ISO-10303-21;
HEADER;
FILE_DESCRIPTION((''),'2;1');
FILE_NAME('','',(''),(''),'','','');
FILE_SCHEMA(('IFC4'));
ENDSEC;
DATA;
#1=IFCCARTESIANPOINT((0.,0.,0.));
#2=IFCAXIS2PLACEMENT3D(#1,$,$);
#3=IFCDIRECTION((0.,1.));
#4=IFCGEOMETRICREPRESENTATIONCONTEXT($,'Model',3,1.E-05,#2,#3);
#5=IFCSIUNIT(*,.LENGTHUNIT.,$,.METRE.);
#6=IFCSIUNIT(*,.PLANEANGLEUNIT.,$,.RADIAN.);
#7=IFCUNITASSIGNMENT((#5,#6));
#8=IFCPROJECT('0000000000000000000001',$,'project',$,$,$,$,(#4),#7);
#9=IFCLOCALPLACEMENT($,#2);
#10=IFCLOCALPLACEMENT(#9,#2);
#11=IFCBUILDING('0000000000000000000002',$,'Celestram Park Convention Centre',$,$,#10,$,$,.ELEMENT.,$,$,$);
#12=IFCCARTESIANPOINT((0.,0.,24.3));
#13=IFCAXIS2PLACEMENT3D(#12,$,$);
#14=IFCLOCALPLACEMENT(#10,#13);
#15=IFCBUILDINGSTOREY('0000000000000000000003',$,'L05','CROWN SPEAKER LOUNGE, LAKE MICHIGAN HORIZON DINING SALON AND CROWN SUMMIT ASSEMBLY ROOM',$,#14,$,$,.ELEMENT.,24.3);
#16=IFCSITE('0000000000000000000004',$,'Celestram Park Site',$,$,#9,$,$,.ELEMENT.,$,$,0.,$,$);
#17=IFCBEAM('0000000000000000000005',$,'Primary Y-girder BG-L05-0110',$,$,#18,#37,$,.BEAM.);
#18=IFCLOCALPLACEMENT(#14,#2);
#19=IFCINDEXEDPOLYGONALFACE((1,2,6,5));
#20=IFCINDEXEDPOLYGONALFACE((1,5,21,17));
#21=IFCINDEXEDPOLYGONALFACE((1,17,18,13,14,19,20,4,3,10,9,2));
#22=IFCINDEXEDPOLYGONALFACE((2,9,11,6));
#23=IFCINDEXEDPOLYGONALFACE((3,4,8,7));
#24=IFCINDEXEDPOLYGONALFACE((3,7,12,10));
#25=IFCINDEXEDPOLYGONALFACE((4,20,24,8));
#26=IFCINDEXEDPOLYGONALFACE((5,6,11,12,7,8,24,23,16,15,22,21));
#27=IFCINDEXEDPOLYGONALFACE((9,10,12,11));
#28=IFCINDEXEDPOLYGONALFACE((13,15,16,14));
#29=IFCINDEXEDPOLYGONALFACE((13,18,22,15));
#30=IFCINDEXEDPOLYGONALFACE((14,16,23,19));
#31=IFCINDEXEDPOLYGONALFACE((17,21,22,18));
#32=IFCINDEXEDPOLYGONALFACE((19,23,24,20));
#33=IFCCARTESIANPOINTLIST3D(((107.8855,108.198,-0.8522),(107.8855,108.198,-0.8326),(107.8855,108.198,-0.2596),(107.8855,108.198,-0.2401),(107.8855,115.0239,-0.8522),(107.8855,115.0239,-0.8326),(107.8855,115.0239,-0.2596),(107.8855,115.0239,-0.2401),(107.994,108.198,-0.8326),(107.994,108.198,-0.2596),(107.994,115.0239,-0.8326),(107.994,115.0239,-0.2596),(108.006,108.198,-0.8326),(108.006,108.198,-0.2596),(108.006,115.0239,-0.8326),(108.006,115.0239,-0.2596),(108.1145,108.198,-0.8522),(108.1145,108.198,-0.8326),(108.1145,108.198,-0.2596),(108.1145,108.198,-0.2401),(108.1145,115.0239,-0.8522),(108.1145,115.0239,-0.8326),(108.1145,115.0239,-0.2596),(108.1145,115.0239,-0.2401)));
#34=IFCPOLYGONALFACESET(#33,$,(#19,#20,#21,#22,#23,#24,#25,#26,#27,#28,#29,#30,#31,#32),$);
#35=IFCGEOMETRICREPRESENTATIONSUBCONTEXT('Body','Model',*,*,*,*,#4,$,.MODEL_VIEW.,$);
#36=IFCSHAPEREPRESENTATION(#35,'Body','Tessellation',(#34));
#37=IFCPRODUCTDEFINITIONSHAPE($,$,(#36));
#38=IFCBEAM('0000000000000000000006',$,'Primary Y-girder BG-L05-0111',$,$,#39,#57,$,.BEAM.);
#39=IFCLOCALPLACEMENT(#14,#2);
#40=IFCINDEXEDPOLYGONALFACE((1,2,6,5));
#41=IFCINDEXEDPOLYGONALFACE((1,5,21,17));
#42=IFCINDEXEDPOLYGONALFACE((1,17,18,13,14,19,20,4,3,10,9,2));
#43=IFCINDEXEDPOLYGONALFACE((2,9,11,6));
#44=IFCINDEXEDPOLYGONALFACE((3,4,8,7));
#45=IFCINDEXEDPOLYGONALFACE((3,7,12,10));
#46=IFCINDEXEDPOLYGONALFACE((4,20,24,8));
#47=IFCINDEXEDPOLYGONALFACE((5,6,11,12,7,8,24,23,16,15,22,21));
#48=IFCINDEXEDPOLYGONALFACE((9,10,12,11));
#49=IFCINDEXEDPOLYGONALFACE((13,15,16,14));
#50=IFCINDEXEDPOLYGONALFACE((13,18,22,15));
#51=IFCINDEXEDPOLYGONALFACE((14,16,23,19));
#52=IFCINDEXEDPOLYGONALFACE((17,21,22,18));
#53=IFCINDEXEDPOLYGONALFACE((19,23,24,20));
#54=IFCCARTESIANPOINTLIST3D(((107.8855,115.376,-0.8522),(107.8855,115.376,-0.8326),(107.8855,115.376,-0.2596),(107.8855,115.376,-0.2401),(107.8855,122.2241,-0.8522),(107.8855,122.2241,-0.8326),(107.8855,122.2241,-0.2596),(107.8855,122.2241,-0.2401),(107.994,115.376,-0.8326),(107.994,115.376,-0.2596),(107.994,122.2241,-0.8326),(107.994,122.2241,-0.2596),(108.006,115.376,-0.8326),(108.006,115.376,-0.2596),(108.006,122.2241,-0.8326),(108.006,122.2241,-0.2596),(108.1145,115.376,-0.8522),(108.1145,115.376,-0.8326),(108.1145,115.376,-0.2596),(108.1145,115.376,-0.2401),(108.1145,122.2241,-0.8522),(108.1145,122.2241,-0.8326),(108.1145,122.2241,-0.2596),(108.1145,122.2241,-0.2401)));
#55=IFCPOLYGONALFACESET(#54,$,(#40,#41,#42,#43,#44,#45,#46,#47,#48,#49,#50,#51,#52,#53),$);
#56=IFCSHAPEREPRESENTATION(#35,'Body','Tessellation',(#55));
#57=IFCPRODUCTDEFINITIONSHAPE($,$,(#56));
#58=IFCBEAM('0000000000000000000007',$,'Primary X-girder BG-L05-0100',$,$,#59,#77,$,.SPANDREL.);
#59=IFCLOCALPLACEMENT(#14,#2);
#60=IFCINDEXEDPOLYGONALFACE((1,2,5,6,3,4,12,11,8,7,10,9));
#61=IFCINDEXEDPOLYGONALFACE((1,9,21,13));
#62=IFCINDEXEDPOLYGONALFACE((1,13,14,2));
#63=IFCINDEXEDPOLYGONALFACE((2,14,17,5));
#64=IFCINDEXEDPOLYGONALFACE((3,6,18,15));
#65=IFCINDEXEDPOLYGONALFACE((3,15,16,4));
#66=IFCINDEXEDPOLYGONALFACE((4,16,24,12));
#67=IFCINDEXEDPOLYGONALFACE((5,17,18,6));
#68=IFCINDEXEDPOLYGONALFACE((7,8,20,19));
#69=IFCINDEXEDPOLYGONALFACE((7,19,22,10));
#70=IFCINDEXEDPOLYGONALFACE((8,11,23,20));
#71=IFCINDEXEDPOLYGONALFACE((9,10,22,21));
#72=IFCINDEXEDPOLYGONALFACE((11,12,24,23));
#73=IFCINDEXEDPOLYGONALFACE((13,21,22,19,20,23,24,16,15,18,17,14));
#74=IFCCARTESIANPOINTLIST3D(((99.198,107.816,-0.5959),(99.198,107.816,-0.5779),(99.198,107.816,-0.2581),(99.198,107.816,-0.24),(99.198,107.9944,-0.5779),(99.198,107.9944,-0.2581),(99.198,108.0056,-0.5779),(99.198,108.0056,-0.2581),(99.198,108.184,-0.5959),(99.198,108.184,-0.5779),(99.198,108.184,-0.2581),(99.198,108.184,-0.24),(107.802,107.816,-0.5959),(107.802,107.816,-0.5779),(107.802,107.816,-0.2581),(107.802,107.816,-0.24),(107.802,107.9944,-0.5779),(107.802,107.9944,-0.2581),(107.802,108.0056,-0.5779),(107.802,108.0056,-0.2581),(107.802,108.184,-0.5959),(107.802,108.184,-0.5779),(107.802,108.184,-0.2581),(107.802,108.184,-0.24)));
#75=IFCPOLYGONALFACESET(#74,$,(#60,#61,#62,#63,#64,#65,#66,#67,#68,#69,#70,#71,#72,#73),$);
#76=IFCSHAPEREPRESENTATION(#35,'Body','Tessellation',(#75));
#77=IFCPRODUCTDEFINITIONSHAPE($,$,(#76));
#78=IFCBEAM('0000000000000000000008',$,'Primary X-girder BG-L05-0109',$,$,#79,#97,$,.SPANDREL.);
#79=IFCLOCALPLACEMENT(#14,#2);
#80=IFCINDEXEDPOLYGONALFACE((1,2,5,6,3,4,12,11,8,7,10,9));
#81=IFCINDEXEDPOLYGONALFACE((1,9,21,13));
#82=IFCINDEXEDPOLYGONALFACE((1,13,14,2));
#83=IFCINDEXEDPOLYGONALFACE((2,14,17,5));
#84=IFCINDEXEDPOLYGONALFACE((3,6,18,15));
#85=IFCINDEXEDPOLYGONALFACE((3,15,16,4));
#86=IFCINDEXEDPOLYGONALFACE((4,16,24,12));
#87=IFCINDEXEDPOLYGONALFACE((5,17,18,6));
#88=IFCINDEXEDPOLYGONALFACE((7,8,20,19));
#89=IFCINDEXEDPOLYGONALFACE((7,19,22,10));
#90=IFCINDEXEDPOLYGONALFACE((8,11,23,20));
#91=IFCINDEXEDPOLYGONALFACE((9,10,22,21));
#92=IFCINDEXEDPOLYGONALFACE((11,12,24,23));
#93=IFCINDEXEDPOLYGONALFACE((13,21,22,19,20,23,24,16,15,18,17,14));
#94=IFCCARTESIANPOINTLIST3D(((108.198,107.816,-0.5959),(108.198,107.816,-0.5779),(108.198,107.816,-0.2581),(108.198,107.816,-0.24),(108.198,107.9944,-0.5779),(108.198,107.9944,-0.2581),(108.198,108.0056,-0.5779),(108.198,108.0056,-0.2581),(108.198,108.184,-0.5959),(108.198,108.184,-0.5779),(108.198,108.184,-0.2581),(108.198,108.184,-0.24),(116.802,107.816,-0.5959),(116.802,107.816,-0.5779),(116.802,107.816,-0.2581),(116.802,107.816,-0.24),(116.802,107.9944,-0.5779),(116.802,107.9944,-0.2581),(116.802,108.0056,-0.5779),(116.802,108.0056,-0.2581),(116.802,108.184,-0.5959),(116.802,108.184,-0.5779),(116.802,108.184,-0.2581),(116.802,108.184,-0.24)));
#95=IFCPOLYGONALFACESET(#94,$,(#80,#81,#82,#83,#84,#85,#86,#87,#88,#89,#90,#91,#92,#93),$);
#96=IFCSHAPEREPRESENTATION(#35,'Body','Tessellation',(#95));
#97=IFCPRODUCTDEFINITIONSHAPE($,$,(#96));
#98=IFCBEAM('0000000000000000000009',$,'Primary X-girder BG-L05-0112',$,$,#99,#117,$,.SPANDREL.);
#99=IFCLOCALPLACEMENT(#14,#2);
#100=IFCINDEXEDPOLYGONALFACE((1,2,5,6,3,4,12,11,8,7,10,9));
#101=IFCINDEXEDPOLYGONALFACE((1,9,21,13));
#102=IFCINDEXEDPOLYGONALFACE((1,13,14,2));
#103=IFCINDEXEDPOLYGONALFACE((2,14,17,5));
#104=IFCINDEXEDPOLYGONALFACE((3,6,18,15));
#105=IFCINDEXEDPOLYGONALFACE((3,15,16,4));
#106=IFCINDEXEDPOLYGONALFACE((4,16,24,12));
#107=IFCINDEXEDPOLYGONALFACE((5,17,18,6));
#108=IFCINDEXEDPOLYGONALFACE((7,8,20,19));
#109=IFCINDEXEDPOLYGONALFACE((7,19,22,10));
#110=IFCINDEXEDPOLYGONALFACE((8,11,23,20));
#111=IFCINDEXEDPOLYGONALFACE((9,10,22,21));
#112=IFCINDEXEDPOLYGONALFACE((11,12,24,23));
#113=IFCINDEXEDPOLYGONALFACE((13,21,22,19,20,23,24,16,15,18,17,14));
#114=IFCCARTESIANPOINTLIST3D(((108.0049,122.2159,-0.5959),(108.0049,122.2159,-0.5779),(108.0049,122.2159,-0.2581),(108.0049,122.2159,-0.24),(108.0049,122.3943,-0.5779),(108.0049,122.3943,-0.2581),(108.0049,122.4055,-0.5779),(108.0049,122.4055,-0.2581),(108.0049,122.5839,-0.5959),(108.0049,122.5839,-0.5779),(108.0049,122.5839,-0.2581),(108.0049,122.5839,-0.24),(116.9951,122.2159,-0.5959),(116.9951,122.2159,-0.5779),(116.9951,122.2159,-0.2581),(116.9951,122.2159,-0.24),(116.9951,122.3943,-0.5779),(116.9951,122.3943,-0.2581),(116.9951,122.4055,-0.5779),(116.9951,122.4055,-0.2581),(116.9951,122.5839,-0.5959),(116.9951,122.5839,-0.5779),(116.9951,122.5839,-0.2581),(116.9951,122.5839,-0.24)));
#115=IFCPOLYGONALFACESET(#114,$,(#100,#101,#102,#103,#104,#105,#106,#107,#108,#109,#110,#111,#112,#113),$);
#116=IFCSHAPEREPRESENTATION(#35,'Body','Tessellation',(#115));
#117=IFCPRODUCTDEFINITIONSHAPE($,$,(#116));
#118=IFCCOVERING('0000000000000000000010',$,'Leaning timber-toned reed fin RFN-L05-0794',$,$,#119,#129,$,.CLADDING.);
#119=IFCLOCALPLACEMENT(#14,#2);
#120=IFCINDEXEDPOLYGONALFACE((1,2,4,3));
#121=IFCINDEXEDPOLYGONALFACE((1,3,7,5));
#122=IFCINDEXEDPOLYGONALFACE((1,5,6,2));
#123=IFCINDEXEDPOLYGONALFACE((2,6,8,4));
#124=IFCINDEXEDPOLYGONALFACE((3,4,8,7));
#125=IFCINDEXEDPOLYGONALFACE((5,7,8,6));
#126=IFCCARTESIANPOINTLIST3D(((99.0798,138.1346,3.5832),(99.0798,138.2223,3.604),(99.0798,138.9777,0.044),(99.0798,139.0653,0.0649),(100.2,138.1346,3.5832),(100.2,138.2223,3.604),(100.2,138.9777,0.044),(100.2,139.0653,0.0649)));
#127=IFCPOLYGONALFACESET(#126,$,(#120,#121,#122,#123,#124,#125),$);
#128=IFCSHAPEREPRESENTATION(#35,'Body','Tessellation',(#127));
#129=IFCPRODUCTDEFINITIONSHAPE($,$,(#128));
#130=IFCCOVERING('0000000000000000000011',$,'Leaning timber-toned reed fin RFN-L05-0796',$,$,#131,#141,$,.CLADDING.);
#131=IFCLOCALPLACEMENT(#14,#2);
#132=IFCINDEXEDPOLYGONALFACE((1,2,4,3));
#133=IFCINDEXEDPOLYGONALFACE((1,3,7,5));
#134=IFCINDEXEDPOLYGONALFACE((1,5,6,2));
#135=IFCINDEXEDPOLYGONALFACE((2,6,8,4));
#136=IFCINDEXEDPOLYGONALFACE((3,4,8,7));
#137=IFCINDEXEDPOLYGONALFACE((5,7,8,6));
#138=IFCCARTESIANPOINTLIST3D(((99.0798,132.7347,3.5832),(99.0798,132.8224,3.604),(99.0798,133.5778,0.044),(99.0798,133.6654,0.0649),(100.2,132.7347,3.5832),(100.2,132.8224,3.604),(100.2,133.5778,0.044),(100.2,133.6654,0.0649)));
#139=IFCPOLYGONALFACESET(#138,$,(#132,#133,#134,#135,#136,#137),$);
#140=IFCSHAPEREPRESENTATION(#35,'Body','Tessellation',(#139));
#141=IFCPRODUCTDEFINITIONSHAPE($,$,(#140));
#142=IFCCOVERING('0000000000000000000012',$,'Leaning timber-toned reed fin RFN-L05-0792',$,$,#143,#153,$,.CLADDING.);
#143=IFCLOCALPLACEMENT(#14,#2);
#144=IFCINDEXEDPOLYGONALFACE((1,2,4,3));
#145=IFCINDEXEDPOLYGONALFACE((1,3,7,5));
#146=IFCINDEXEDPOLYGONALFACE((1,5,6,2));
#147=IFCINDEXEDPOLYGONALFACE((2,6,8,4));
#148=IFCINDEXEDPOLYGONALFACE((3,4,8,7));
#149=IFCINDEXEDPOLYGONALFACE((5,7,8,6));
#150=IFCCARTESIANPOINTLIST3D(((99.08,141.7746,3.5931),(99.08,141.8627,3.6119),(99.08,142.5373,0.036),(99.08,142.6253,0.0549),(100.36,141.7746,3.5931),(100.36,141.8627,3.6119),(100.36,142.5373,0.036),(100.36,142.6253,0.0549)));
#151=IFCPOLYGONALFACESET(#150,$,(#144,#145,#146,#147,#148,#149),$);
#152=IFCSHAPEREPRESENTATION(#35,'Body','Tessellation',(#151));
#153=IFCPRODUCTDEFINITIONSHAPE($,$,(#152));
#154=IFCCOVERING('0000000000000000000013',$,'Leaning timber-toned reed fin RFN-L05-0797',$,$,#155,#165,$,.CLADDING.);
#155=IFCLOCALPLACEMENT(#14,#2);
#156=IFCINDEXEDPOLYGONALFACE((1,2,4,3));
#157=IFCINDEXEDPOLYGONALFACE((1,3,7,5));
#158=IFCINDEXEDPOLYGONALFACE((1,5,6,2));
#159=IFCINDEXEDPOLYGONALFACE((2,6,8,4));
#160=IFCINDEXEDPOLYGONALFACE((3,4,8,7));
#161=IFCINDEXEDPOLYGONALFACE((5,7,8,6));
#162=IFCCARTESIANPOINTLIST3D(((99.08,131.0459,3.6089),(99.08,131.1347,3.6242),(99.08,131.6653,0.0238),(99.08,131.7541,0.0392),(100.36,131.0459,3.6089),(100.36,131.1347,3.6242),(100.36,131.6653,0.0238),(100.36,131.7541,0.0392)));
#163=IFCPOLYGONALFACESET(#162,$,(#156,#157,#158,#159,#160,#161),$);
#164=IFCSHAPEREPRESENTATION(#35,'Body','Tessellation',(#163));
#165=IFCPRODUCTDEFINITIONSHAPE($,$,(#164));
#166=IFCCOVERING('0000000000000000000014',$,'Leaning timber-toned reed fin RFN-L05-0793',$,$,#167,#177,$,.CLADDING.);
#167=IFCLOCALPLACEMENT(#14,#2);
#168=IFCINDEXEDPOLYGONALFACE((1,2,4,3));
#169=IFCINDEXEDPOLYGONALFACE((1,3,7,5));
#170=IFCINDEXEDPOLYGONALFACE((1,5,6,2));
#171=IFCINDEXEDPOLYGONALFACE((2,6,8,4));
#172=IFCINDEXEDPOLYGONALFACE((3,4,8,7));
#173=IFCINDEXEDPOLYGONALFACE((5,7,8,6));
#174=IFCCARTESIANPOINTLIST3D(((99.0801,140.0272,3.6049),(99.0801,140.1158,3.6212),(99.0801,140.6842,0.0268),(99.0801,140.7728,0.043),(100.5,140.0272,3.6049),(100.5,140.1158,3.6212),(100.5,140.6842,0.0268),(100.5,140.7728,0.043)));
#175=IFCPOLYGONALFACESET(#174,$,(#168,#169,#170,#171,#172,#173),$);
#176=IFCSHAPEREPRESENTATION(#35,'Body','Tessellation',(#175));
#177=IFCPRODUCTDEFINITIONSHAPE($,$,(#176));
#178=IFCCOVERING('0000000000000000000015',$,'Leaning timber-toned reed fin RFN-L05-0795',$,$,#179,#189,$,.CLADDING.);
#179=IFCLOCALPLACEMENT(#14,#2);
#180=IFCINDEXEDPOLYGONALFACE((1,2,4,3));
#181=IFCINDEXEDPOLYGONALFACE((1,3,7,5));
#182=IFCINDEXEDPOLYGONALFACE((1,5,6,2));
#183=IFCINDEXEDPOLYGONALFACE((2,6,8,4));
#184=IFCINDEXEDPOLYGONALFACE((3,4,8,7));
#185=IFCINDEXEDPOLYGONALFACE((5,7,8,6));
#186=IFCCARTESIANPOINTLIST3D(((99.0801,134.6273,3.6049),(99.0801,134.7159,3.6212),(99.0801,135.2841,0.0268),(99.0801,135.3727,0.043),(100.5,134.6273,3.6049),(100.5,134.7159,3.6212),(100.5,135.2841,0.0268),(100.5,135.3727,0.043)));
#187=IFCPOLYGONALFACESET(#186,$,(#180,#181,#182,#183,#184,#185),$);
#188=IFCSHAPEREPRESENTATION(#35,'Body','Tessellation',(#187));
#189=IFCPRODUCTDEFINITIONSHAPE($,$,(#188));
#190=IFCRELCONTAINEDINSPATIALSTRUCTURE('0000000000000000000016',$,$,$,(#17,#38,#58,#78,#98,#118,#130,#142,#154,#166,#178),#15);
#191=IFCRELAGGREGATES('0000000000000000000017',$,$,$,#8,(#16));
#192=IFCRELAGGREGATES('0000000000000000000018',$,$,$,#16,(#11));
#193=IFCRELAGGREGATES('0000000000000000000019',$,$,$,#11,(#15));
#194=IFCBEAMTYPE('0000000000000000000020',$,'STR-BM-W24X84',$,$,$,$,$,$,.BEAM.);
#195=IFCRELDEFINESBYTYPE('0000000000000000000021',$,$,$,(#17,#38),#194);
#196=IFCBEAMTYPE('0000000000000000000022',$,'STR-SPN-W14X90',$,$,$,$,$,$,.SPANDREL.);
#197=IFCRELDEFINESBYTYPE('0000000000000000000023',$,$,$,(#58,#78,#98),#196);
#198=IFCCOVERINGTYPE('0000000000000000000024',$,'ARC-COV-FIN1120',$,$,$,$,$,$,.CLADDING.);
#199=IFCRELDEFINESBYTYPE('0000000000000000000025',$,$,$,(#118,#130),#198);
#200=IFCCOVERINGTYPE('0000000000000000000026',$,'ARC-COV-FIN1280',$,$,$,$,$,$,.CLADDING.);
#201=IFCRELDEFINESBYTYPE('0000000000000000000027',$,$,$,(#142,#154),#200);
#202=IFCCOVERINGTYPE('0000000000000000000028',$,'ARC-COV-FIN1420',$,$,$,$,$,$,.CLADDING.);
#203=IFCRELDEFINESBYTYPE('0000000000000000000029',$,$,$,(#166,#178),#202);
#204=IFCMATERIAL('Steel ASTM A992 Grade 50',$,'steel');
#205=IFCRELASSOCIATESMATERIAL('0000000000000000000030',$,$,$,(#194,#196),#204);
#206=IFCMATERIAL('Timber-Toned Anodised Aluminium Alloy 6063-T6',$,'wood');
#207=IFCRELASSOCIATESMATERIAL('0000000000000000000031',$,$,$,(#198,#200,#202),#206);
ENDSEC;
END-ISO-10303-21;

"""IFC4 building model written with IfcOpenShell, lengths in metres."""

from ifc_helpers import new_model, si_unit, direction, frame, origin, origin_2d, place, context, subcontext, project, spatial, rectangle, i_section, extrude, material, material_profile, profile_set, type_object, element, save


model = new_model("IFC4")

# Units and contexts
model_context = context("Model", 3, precision=1e-05, world=origin(), true_north=direction((0.0, 1.0)))
body_context = subcontext(model_context, "Body", "Model", "MODEL_VIEW")
ifc_project = project(units=[si_unit("LENGTHUNIT", "METRE"), si_unit("PLANEANGLEUNIT", "RADIAN")], contexts=[model_context])

# Site, building, storey
site_placement = place(None, origin())
site = spatial("IfcSite", under=ifc_project, at=site_placement, Name="Celestram Park Site", CompositionType="ELEMENT", RefElevation=0.0)
building_placement = place(site_placement, origin())
building = spatial("IfcBuilding", under=site, at=building_placement, Name="Celestram Park Convention Centre", CompositionType="ELEMENT")
storey_placement = place(building_placement, frame((0.0, 0.0, 24.3)))
storey = spatial("IfcBuildingStorey", under=building, at=storey_placement, Name="L05", Description="CROWN SPEAKER LOUNGE, LAKE MICHIGAN HORIZON DINING SALON AND CROWN SUMMIT ASSEMBLY ROOM", CompositionType="ELEMENT", Elevation=24.3)

# Beams
ifc_material_1 = material(Name="Steel ASTM A992 Grade 50", Category="steel")
ifc_material_profile_1 = material_profile(ifc_material_1, i_section(OverallWidth=0.229, OverallDepth=0.6121, WebThickness=0.012, FlangeThickness=0.0195, at=origin_2d()), Name="W24X84")
ifc_profile_set_1 = profile_set([ifc_material_profile_1], Name="Steel ASTM A992 Grade 50")
beam_type_1 = type_object("IfcBeamType", Name="STR-BM-W24X84", PredefinedType="BEAM", material=ifc_profile_set_1)
beam_1_placement = place(storey_placement, frame((108.0, 108.198, -0.5461), z_axis=(0.0, 1.0, 0.0), x_axis=(-1.0, 0.0, 0.0)))
element("IfcBeam", 1, at=beam_1_placement, inside=storey, type_object=beam_type_1, Name="Primary Y-girder BG-L05-0110", PredefinedType="BEAM", context=body_context, shape_type="SweptSolid", body=[
    extrude(i_section(OverallWidth=0.229, OverallDepth=0.6121, WebThickness=0.012, FlangeThickness=0.0195, at=origin_2d()), origin(), (0.0, 0.0, 1.0), 6.8259),
])
beam_2_placement = place(storey_placement, frame((108.0, 115.376, -0.5461), z_axis=(0.0, 1.0, 0.0), x_axis=(-1.0, 0.0, 0.0)))
element("IfcBeam", 2, at=beam_2_placement, inside=storey, type_object=beam_type_1, Name="Primary Y-girder BG-L05-0111", PredefinedType="BEAM", context=body_context, shape_type="SweptSolid", body=[
    extrude(i_section(OverallWidth=0.229, OverallDepth=0.6121, WebThickness=0.012, FlangeThickness=0.0195, at=origin_2d()), origin(), (0.0, 0.0, 1.0), 6.8481),
])
ifc_material_profile_2 = material_profile(ifc_material_1, i_section(OverallWidth=0.3679, OverallDepth=0.356, WebThickness=0.0112, FlangeThickness=0.0181, at=origin_2d()), Name="W14X90")
ifc_profile_set_2 = profile_set([ifc_material_profile_2], Name="Steel ASTM A992 Grade 50")
beam_type_2 = type_object("IfcBeamType", Name="STR-SPN-W14X90", PredefinedType="SPANDREL", material=ifc_profile_set_2)
for number, where, z_axis, x_axis, name in (
    (3, (99.198, 108.0, -0.418), (1.0, 0.0, 0.0), (0.0, 1.0, 0.0), "Primary X-girder BG-L05-0100"),
    (4, (108.198, 108.0, -0.418), (1.0, 0.0, 0.0), (0.0, 1.0, 0.0), "Primary X-girder BG-L05-0109"),
):
    element("IfcBeam", number, at=place(storey_placement, frame(where, z_axis=z_axis, x_axis=x_axis)), inside=storey, type_object=beam_type_2, Name=name, PredefinedType="SPANDREL", context=body_context, shape_type="SweptSolid", body=[
        extrude(i_section(OverallWidth=0.3679, OverallDepth=0.356, WebThickness=0.0112, FlangeThickness=0.0181, at=origin_2d()), origin(), (0.0, 0.0, 1.0), 8.604),
    ])
beam_3_placement = place(storey_placement, frame((108.0049, 122.3999, -0.418), z_axis=(1.0, 0.0, 0.0), x_axis=(0.0, 1.0, 0.0)))
element("IfcBeam", 5, at=beam_3_placement, inside=storey, type_object=beam_type_2, Name="Primary X-girder BG-L05-0112", PredefinedType="SPANDREL", context=body_context, shape_type="SweptSolid", body=[
    extrude(i_section(OverallWidth=0.3679, OverallDepth=0.356, WebThickness=0.0112, FlangeThickness=0.0181, at=origin_2d()), origin(), (0.0, 0.0, 1.0), 8.9902),
])

# Coverings
ifc_material_2 = material(Name="Timber-Toned Anodised Aluminium Alloy 6063-T6", Category="wood")
ifc_material_profile_3 = material_profile(ifc_material_2, rectangle(XDim=1.1201, YDim=0.0901, at=origin_2d()), Name="REED1120X90")
ifc_profile_set_3 = profile_set([ifc_material_profile_3], Name="Timber-Toned Anodised Aluminium Alloy 6063-T6")
covering_type_1 = type_object("IfcCoveringType", Name="ARC-COV-FIN1120", PredefinedType="CLADDING", material=ifc_profile_set_3)
for number, where, z_axis, x_axis, name in (
    (6, (99.6399, 139.0215, 0.0544), (0.0, -0.23172, 0.972782), (1.0, 0.0, 0.0), "Leaning timber-toned reed fin RFN-L05-0794"),
    (7, (99.6399, 133.6216, 0.0544), (0.0, -0.23172, 0.972782), (1.0, 0.0, 0.0), "Leaning timber-toned reed fin RFN-L05-0796"),
):
    element("IfcCovering", number, at=place(storey_placement, frame(where, z_axis=z_axis, x_axis=x_axis)), inside=storey, type_object=covering_type_1, Name=name, PredefinedType="CLADDING", context=body_context, shape_type="SweptSolid", body=[
        extrude(rectangle(XDim=1.1201, YDim=0.0901, at=origin_2d()), origin(), (0.0, 0.0, 1.0), 3.6382),
    ])
ifc_material_profile_4 = material_profile(ifc_material_2, rectangle(XDim=1.28, YDim=0.0901, at=origin_2d()), Name="REED1280X90")
ifc_profile_set_4 = profile_set([ifc_material_profile_4], Name="Timber-Toned Anodised Aluminium Alloy 6063-T6")
covering_type_2 = type_object("IfcCoveringType", Name="ARC-COV-FIN1280", PredefinedType="CLADDING", material=ifc_profile_set_4)
covering_1_placement = place(storey_placement, frame((99.72, 142.5813, 0.0454), z_axis=(0.0, -0.209648, 0.977777), x_axis=(1.0, 0.0, 0.0)))
element("IfcCovering", 8, at=covering_1_placement, inside=storey, type_object=covering_type_2, Name="Leaning timber-toned reed fin RFN-L05-0792", PredefinedType="CLADDING", context=body_context, shape_type="SweptSolid", body=[
    extrude(rectangle(XDim=1.28, YDim=0.0901, at=origin_2d()), origin(), (0.0, 0.0, 1.0), 3.6379),
])
covering_2_placement = place(storey_placement, frame((99.72, 131.7097, 0.0315), z_axis=(0.0, -0.170251, 0.985401), x_axis=(1.0, 0.0, 0.0)))
element("IfcCovering", 9, at=covering_2_placement, inside=storey, type_object=covering_type_2, Name="Leaning timber-toned reed fin RFN-L05-0797", PredefinedType="CLADDING", context=body_context, shape_type="SweptSolid", body=[
    extrude(rectangle(XDim=1.28, YDim=0.0901, at=origin_2d()), origin(), (0.0, 0.0, 1.0), 3.6382),
])
ifc_material_profile_5 = material_profile(ifc_material_2, rectangle(XDim=1.4199, YDim=0.0901, at=origin_2d()), Name="REED1420X90")
ifc_profile_set_5 = profile_set([ifc_material_profile_5], Name="Timber-Toned Anodised Aluminium Alloy 6063-T6")
covering_type_3 = type_object("IfcCoveringType", Name="ARC-COV-FIN1420", PredefinedType="CLADDING", material=ifc_profile_set_5)
for number, where, z_axis, x_axis, name in (
    (10, (99.79, 140.7285, 0.0349), (0.0, -0.180592, 0.983558), (1.0, 0.0, 0.0), "Leaning timber-toned reed fin RFN-L05-0793"),
    (11, (99.79, 135.3284, 0.0349), (0.0, -0.180527, 0.98357), (1.0, 0.0, 0.0), "Leaning timber-toned reed fin RFN-L05-0795"),
):
    element("IfcCovering", number, at=place(storey_placement, frame(where, z_axis=z_axis, x_axis=x_axis)), inside=storey, type_object=covering_type_3, Name=name, PredefinedType="CLADDING", context=body_context, shape_type="SweptSolid", body=[
        extrude(rectangle(XDim=1.4199, YDim=0.0901, at=origin_2d()), origin(), (0.0, 0.0, 1.0), 3.6379),
    ])

save(model, "model.ifc")
